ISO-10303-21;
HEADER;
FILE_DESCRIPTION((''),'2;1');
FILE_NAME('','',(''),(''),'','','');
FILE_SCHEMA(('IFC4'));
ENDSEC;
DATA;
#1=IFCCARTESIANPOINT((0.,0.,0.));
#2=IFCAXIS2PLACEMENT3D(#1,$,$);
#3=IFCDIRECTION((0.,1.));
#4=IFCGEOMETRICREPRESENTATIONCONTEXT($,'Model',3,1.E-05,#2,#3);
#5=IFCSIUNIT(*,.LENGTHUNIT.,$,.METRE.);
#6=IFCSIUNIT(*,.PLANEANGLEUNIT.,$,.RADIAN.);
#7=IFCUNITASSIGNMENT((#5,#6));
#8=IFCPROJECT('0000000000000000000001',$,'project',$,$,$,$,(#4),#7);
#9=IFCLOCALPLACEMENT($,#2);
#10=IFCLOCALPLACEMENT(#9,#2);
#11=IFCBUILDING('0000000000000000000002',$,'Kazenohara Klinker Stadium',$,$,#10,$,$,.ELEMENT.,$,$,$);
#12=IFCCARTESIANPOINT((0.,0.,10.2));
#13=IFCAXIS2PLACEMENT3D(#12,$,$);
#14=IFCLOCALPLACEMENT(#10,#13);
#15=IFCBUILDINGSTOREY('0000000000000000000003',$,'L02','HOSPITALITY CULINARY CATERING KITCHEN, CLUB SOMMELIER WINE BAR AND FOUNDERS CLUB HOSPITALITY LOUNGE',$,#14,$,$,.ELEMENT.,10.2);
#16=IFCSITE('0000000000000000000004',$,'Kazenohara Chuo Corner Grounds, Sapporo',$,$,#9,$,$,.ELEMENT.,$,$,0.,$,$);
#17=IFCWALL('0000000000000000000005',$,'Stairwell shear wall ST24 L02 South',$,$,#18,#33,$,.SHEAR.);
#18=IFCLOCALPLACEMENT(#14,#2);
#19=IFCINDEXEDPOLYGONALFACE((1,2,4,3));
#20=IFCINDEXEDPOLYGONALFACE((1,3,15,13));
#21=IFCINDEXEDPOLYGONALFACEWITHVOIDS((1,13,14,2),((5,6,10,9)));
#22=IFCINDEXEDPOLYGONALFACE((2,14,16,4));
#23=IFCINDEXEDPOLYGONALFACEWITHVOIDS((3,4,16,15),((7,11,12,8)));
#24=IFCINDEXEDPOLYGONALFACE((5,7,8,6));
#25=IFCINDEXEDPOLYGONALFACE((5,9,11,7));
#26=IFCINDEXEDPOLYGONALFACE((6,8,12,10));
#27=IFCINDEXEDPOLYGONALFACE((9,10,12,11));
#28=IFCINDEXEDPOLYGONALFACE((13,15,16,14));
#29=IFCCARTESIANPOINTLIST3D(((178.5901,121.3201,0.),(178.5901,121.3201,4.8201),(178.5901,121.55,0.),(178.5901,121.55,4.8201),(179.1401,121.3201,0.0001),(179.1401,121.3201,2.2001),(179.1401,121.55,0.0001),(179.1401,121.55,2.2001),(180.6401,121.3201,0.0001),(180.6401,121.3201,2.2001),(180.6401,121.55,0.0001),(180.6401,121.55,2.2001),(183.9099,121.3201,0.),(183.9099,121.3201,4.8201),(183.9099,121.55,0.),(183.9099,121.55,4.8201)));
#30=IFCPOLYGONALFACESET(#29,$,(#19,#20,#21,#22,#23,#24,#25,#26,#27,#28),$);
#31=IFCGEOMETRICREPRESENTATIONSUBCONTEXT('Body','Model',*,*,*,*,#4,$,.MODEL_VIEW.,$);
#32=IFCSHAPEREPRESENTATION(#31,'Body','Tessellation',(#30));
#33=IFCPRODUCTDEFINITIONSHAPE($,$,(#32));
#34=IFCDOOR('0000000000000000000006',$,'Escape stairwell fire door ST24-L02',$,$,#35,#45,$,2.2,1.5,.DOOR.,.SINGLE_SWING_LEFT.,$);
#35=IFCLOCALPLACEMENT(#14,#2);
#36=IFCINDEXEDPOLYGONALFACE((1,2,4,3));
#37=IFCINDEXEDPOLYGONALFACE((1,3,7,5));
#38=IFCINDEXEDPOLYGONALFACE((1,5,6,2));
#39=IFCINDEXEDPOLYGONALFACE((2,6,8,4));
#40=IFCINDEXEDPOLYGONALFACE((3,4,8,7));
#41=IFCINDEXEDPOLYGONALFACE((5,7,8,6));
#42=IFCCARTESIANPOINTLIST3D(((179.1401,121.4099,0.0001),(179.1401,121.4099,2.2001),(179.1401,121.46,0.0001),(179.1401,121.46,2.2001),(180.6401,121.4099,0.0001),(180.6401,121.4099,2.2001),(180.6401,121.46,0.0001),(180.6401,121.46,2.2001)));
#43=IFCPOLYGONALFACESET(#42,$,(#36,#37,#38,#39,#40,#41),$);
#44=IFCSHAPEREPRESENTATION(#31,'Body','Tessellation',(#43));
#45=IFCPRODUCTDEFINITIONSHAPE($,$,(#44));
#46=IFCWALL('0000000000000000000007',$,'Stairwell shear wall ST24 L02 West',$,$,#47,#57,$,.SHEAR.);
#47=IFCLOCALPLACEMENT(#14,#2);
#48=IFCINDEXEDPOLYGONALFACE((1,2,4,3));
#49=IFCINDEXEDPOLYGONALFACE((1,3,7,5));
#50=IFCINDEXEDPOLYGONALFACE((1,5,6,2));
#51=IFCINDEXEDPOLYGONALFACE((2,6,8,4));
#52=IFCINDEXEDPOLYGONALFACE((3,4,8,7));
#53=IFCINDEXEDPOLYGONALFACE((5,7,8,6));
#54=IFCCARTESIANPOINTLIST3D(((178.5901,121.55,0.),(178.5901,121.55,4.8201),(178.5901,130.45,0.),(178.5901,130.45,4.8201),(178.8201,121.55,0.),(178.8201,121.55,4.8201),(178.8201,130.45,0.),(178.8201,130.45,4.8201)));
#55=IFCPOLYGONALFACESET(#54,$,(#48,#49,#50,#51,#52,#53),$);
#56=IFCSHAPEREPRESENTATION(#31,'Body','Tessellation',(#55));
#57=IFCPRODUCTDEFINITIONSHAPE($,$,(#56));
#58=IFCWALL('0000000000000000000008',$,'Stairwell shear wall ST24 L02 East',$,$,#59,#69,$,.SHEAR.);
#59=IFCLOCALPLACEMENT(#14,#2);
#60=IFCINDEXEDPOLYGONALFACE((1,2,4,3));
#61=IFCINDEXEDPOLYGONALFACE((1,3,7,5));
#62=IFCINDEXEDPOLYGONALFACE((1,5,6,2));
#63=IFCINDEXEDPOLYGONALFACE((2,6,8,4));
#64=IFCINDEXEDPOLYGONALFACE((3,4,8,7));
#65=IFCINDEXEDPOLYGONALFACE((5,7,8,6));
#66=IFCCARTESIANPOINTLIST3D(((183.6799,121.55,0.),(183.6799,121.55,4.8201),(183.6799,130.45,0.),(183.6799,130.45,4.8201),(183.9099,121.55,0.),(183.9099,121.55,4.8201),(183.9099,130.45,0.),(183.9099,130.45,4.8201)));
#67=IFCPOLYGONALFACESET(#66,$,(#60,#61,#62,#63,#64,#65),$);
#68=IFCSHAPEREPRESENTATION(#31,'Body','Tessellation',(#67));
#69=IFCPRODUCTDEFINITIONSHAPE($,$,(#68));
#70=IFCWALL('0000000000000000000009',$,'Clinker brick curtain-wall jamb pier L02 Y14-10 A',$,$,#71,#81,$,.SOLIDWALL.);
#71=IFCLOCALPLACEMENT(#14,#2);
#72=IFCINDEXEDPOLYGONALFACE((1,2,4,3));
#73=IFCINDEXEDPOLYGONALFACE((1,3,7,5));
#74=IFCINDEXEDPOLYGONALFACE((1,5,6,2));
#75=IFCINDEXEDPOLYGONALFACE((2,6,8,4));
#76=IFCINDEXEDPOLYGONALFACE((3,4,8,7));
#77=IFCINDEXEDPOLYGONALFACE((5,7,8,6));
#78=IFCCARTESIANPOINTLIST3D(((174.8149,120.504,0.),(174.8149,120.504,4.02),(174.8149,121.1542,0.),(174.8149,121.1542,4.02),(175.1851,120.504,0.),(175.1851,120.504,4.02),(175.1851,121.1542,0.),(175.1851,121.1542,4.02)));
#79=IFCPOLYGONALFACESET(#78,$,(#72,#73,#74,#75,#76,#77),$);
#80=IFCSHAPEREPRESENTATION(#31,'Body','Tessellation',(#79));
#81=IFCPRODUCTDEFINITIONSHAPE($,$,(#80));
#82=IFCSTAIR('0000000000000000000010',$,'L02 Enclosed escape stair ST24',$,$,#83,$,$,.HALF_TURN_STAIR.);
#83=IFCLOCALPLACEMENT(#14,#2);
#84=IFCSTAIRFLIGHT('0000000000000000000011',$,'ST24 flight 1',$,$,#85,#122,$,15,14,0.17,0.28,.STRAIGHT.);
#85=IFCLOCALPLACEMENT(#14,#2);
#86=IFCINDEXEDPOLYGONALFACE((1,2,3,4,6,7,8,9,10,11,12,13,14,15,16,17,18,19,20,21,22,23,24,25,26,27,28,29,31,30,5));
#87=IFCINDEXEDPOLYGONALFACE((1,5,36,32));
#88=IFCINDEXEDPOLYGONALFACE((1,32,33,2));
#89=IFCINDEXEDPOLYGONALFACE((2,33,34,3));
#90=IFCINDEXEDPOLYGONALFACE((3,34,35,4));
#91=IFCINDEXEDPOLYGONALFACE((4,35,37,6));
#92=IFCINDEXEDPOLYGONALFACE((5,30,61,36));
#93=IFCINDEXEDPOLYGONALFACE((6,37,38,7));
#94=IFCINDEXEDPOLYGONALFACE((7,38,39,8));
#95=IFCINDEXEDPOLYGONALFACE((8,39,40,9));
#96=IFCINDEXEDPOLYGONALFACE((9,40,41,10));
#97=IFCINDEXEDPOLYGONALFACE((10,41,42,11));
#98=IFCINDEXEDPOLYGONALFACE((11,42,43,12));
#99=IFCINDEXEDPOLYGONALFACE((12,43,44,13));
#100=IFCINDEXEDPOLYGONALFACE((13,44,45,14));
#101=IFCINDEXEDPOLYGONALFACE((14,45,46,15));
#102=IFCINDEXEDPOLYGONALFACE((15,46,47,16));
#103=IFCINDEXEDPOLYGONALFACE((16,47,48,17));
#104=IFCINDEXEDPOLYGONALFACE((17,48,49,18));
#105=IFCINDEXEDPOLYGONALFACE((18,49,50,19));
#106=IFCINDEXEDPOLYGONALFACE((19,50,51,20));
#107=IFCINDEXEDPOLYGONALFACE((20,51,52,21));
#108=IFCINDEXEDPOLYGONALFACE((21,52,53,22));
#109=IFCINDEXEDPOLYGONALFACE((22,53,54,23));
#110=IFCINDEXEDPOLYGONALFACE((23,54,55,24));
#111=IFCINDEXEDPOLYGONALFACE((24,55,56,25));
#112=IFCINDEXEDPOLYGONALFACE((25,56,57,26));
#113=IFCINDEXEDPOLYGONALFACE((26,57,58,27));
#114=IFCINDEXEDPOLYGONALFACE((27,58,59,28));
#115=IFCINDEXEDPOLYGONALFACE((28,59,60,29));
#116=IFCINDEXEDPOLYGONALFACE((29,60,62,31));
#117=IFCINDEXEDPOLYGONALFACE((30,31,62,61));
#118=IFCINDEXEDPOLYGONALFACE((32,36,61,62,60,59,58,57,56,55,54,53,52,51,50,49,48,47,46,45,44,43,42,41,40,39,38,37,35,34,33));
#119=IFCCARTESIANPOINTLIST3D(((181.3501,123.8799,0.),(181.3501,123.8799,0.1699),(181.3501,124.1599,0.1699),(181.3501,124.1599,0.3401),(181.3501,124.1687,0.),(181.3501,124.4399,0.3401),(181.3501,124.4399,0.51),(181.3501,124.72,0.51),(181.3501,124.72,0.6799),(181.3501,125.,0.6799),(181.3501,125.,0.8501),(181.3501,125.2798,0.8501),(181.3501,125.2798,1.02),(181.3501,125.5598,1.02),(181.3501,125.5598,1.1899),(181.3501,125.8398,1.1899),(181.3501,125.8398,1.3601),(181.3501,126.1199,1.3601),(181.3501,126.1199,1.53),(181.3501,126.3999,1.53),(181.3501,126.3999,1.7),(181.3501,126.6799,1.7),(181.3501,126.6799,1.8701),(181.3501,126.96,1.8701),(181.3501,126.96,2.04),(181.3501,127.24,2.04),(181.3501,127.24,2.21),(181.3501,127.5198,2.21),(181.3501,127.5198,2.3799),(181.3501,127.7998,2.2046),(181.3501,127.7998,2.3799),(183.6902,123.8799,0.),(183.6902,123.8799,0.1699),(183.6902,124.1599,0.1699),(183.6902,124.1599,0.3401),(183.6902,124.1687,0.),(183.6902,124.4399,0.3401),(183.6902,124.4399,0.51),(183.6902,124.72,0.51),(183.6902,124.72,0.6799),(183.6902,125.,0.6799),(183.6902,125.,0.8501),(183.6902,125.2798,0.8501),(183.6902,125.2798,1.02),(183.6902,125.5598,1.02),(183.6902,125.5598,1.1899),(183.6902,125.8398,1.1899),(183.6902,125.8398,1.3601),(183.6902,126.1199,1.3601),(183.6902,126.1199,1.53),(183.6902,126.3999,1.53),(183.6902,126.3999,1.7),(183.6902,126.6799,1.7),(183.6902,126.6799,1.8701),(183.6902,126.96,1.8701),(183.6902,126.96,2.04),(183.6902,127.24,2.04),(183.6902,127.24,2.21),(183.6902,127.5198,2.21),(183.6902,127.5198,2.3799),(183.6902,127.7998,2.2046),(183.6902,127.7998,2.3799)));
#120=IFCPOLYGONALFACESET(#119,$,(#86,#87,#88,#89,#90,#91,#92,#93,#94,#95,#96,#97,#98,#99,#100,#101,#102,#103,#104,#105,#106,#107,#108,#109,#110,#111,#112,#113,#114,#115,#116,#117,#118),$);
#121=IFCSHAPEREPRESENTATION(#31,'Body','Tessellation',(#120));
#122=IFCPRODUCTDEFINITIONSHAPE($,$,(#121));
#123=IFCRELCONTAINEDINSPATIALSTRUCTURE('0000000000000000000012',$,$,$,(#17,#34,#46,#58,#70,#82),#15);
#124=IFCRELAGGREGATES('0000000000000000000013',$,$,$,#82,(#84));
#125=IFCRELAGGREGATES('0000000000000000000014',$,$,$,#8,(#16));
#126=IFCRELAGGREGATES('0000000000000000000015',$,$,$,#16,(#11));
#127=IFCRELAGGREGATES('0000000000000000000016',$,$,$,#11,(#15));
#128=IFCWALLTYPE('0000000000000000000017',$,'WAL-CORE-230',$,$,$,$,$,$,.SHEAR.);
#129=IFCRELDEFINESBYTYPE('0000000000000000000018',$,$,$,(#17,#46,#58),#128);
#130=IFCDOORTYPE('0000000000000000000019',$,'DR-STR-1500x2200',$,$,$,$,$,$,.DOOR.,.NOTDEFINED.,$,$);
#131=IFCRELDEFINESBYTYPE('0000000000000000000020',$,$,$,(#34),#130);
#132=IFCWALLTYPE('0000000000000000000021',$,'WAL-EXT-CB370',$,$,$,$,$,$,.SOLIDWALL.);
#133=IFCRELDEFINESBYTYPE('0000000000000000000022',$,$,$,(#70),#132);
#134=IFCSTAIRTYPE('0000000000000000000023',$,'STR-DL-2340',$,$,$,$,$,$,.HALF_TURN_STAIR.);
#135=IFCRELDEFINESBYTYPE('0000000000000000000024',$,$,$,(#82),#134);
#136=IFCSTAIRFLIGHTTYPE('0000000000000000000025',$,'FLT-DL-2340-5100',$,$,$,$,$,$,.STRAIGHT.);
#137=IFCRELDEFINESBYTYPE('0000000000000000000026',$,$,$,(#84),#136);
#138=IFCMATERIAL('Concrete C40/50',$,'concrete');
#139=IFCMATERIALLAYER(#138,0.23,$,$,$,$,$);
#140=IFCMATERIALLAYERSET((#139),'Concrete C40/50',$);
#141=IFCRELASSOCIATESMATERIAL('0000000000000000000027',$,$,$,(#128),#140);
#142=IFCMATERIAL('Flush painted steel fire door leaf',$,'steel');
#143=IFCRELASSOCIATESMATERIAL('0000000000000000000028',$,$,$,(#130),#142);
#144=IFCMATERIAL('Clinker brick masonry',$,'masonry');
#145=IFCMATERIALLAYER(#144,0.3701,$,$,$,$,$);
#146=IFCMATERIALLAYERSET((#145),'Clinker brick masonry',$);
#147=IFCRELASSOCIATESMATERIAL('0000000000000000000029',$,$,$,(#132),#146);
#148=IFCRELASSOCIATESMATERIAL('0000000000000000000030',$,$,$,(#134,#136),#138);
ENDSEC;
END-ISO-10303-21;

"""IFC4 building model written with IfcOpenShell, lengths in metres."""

from ifc_helpers import new_model, si_unit, direction, frame, frame_2d, origin, place, context, subcontext, project, spatial, polyline, rectangle, outline, extrude, material, layer, layer_set, type_object, element, fill, aggregate, save


model = new_model("IFC4")

# Units and contexts
model_context = context("Model", 3, precision=1e-05, world=origin(), true_north=direction((0.0, 1.0)))
body_context = subcontext(model_context, "Body", "Model", "MODEL_VIEW")
ifc_project = project(units=[si_unit("LENGTHUNIT", "METRE"), si_unit("PLANEANGLEUNIT", "RADIAN")], contexts=[model_context])

# Site, building, storey
site_placement = place(None, origin())
site = spatial("IfcSite", under=ifc_project, at=site_placement, Name="Kazenohara Chuo Corner Grounds, Sapporo", CompositionType="ELEMENT", RefElevation=0.0)
building_placement = place(site_placement, origin())
building = spatial("IfcBuilding", under=site, at=building_placement, Name="Kazenohara Klinker Stadium", CompositionType="ELEMENT")
storey_placement = place(building_placement, frame((0.0, 0.0, 10.2)))
storey = spatial("IfcBuildingStorey", under=building, at=storey_placement, Name="L02", Description="HOSPITALITY CULINARY CATERING KITCHEN, CLUB SOMMELIER WINE BAR AND FOUNDERS CLUB HOSPITALITY LOUNGE", CompositionType="ELEMENT", Elevation=10.2)

# Shared definitions
ifc_material_1 = material(Name="Concrete C40/50", Category="concrete")

# Wall, opening, door
ifc_layer_1 = layer(ifc_material_1, 0.23)
ifc_layer_set_1 = layer_set([ifc_layer_1], Name="Concrete C40/50")
wall_type_1 = type_object("IfcWallType", Name="WAL-CORE-230", PredefinedType="SHEAR", material=ifc_layer_set_1)
wall_1_placement = place(storey_placement, frame((178.5901, 121.4351, 0.0), z_axis=(0.0, 0.0, 1.0), x_axis=(1.0, 0.0, 0.0)))
wall_1 = element("IfcWall", 1, at=wall_1_placement, inside=storey, type_object=wall_type_1, Name="Stairwell shear wall ST24 L02 South", PredefinedType="SHEAR", context=body_context, shape_type="SweptSolid", body=[
    extrude(rectangle(XDim=5.3198, YDim=0.23, at=frame_2d((2.6599, 0.0))), origin(), (0.0, 0.0, 1.0), 4.8201),
])
opening_placement = place(wall_1_placement, frame((0.55, 0.0, 0.0)))
opening = element("IfcOpeningElement", 2, at=opening_placement, cuts=wall_1, PredefinedType="OPENING", context=body_context, shape_type="SweptSolid", body=[
    extrude(rectangle(XDim=1.5, YDim=2.2, at=frame_2d((0.75, 1.1001))), frame((0.0, 0.125, 0.0), z_axis=(0.0, -1.0, 0.0), x_axis=(1.0, 0.0, 0.0)), (0.0, 0.0, 1.0), 0.25),
])
ifc_material_2 = material(Name="Flush painted steel fire door leaf", Category="steel")
door_type = type_object("IfcDoorType", Name="DR-STR-1500x2200", OperationType="NOTDEFINED", PredefinedType="DOOR", material=ifc_material_2)
door_placement = place(opening_placement, origin())
door = element("IfcDoor", 3, at=door_placement, inside=storey, type_object=door_type, Name="Escape stairwell fire door ST24-L02", OperationType="SINGLE_SWING_LEFT", OverallHeight=2.2, OverallWidth=1.5, PredefinedType="DOOR", context=body_context, shape_type="SweptSolid", body=[
    extrude(rectangle(XDim=1.5, YDim=2.2, at=frame_2d((0.75, 1.1001))), frame((0.0, 0.0249, 0.0), z_axis=(0.0, -1.0, 0.0), x_axis=(1.0, 0.0, 0.0)), (0.0, 0.0, 1.0), 0.05),
])
fill(opening, door)

# Walls
for number, where, z_axis, x_axis, name in (
    (4, (178.7051, 121.55, 0.0), (0.0, 0.0, 1.0), (0.0, 1.0, 0.0), "Stairwell shear wall ST24 L02 West"),
    (5, (183.7949, 121.55, 0.0), (0.0, 0.0, 1.0), (0.0, 1.0, 0.0), "Stairwell shear wall ST24 L02 East"),
):
    element("IfcWall", number, at=place(storey_placement, frame(where, z_axis=z_axis, x_axis=x_axis)), inside=storey, type_object=wall_type_1, Name=name, PredefinedType="SHEAR", context=body_context, shape_type="SweptSolid", body=[
        extrude(rectangle(XDim=8.8999, YDim=0.23, at=frame_2d((4.45, 0.0))), origin(), (0.0, 0.0, 1.0), 4.8201),
    ])
ifc_material_3 = material(Name="Clinker brick masonry", Category="masonry")
ifc_layer_2 = layer(ifc_material_3, 0.3701)
ifc_layer_set_2 = layer_set([ifc_layer_2], Name="Clinker brick masonry")
wall_type_2 = type_object("IfcWallType", Name="WAL-EXT-CB370", PredefinedType="SOLIDWALL", material=ifc_layer_set_2)
wall_2_placement = place(storey_placement, frame((175.0, 120.5039, 0.0), z_axis=(0.0, 0.0, 1.0), x_axis=(0.0, 1.0, 0.0)))
element("IfcWall", 6, at=wall_2_placement, inside=storey, type_object=wall_type_2, Name="Clinker brick curtain-wall jamb pier L02 Y14-10 A", PredefinedType="SOLIDWALL", context=body_context, shape_type="SweptSolid", body=[
    extrude(rectangle(XDim=0.6501, YDim=0.3701, at=frame_2d((0.3252, 0.0))), origin(), (0.0, 0.0, 1.0), 4.02),
])

# Stair, stair flight
stair_type = type_object("IfcStairType", Name="STR-DL-2340", PredefinedType="HALF_TURN_STAIR", material=ifc_material_1)
stair_placement = place(storey_placement, origin())
stair = element("IfcStair", 7, at=stair_placement, inside=storey, type_object=stair_type, Name="L02 Enclosed escape stair ST24", PredefinedType="HALF_TURN_STAIR")
stair_flight_type = type_object("IfcStairFlightType", Name="FLT-DL-2340-5100", PredefinedType="STRAIGHT", material=ifc_material_1)
stair_flight_placement = place(storey_placement, frame((182.52, 123.8799, 0.0), z_axis=(0.0, 0.0, 1.0), x_axis=(0.0, 1.0, 0.0)))
stair_flight = element("IfcStairFlight", 8, at=stair_flight_placement, type_object=stair_flight_type, Name="ST24 flight 1", NumberOfRisers=15, NumberOfTreads=14, PredefinedType="STRAIGHT", RiserHeight=0.17, TreadLength=0.28, context=body_context, shape_type="SweptSolid", body=[
    extrude(outline(polyline([(0.0, 0.0), (0.0, 0.1699), (0.28, 0.1699), (0.28, 0.3401), (0.5601, 0.3401), (0.5601, 0.51), (0.8401, 0.51), (0.8401, 0.6799), (1.1201, 0.6799), (1.1201, 0.8501), (1.3999, 0.8501), (1.3999, 1.02), (1.6799, 1.02), (1.6799, 1.1899), (1.96, 1.1899), (1.96, 1.3601), (2.24, 1.3601), (2.24, 1.53), (2.52, 1.53), (2.52, 1.7), (2.8, 1.7), (2.8, 1.8701), (3.0801, 1.8701), (3.0801, 2.04), (3.3601, 2.04), (3.3601, 2.21), (3.6399, 2.21), (3.6399, 2.3799), (3.9199, 2.3799), (3.9199, 2.55), (3.9199, 2.2046), (0.2888, 0.0), (0.0, 0.0)])), frame((0.0, 1.1699, 0.0), z_axis=(0.0, -1.0, 0.0), x_axis=(1.0, 0.0, 0.0)), (0.0, 0.0, 1.0), 2.3401),
])
aggregate(stair, [stair_flight])

save(model, "model.ifc")
